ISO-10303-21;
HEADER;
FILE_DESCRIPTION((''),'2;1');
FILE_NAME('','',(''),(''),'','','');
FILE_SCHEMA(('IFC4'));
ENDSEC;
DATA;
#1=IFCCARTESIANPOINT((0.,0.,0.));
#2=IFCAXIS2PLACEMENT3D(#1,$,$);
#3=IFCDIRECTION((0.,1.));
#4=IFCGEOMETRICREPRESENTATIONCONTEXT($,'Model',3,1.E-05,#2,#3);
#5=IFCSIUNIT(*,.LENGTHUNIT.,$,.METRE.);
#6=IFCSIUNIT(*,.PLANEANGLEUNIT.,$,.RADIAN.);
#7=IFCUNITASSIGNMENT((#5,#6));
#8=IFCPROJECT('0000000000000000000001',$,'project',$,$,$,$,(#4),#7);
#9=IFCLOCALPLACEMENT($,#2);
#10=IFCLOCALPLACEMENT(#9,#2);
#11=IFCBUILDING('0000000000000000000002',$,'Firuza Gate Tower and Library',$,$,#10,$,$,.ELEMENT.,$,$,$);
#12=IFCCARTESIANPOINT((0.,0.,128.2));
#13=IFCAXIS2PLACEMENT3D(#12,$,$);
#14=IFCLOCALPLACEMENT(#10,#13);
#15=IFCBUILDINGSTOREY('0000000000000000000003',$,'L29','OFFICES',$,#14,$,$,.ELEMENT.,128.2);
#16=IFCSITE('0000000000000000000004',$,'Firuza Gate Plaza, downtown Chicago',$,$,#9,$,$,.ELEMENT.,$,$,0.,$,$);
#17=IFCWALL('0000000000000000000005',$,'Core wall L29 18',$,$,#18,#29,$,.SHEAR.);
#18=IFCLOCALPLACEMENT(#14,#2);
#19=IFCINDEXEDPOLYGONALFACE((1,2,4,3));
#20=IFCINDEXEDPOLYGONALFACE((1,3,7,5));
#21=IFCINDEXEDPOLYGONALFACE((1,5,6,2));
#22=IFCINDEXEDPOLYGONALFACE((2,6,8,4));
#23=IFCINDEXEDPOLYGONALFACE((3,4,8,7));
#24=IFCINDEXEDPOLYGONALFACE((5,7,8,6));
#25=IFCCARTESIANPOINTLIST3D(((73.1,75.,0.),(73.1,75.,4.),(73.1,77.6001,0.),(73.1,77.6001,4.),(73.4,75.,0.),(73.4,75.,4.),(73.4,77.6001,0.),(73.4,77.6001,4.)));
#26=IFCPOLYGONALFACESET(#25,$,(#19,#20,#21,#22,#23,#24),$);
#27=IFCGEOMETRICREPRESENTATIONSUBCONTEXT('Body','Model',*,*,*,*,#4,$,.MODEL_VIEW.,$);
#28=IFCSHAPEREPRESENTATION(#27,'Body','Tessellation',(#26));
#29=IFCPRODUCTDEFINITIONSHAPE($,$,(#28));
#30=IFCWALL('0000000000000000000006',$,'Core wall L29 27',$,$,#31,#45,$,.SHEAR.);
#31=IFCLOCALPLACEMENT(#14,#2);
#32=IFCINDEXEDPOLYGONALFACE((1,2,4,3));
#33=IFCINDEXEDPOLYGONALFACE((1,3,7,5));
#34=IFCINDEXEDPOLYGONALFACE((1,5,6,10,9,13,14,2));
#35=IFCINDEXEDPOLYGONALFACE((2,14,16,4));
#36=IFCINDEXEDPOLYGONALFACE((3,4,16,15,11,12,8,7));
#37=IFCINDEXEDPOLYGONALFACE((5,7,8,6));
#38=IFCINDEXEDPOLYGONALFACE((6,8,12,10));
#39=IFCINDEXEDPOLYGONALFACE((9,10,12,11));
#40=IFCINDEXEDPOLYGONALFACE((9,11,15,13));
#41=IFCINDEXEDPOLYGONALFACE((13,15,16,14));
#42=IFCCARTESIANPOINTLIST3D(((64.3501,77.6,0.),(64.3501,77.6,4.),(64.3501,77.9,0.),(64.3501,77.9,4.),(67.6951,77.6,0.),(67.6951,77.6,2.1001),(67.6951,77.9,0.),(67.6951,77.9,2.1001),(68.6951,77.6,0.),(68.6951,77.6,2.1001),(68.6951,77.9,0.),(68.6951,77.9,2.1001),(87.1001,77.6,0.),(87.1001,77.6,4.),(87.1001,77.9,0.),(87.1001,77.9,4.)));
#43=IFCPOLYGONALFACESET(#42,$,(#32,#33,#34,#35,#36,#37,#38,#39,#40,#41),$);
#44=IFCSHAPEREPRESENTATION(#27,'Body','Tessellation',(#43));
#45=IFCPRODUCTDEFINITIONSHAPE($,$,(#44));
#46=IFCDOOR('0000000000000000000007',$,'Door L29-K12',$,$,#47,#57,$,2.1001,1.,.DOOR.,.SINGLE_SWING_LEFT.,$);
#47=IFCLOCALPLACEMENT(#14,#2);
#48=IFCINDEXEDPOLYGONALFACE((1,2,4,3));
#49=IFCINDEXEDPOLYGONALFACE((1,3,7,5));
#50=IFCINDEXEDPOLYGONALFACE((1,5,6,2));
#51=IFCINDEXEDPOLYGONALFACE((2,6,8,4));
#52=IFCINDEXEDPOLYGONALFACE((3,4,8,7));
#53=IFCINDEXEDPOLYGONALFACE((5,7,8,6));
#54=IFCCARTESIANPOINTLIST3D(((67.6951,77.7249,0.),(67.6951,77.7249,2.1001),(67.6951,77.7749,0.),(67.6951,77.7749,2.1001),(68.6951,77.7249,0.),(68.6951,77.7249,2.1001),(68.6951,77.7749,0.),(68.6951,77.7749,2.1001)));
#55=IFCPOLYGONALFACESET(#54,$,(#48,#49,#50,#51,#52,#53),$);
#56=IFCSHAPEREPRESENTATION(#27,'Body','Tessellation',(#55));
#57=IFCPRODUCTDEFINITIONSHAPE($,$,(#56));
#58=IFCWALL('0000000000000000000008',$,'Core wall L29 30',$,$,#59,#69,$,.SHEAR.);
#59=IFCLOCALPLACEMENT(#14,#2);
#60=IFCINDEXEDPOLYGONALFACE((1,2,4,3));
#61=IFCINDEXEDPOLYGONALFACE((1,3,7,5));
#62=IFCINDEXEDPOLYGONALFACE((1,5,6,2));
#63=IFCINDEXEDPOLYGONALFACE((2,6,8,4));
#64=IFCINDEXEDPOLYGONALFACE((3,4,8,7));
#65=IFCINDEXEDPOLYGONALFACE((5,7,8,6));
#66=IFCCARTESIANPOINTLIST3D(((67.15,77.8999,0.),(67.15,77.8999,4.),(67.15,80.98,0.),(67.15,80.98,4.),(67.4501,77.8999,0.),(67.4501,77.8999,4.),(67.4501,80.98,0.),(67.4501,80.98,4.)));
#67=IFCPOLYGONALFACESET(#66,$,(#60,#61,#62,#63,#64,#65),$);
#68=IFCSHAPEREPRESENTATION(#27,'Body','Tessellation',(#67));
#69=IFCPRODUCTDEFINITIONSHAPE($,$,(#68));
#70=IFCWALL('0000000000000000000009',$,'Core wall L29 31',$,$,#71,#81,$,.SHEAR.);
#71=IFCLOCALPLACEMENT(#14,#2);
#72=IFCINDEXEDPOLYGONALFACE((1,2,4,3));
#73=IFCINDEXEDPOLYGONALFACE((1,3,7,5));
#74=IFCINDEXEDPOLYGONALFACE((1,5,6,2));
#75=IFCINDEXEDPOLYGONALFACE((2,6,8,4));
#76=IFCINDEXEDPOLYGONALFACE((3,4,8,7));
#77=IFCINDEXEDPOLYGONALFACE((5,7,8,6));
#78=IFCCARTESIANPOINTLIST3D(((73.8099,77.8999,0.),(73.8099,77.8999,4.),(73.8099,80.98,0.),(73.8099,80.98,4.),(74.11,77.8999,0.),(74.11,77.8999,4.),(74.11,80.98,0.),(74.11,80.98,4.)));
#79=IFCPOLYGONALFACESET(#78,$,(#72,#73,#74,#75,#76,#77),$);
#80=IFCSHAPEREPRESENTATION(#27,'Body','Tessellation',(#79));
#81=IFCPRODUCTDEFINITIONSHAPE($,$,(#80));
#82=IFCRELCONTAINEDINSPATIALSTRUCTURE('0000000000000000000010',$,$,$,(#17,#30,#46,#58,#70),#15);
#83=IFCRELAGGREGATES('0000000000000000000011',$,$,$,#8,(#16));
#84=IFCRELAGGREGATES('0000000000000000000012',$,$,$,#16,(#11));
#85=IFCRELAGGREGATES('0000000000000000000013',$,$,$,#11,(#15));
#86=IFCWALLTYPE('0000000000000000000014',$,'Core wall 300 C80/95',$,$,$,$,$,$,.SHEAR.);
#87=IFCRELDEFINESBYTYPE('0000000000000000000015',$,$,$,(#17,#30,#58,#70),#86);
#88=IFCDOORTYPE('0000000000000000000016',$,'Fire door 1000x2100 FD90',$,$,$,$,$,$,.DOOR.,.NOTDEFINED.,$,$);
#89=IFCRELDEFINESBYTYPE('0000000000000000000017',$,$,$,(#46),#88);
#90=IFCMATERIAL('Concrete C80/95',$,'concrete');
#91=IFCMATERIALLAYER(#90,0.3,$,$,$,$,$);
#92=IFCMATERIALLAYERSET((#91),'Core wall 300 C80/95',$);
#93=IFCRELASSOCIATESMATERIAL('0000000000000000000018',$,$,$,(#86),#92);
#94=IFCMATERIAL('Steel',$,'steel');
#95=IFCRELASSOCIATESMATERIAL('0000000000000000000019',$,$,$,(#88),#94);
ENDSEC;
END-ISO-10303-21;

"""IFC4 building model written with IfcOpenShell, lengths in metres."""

from ifc_helpers import new_model, si_unit, direction, frame, frame_2d, origin, place, context, subcontext, project, spatial, rectangle, extrude, material, layer, layer_set, type_object, element, fill, save


model = new_model("IFC4")

# Units and contexts
model_context = context("Model", 3, precision=1e-05, world=origin(), true_north=direction((0.0, 1.0)))
body_context = subcontext(model_context, "Body", "Model", "MODEL_VIEW")
ifc_project = project(units=[si_unit("LENGTHUNIT", "METRE"), si_unit("PLANEANGLEUNIT", "RADIAN")], contexts=[model_context])

# Site, building, storey
site_placement = place(None, origin())
site = spatial("IfcSite", under=ifc_project, at=site_placement, Name="Firuza Gate Plaza, downtown Chicago", CompositionType="ELEMENT", RefElevation=0.0)
building_placement = place(site_placement, origin())
building = spatial("IfcBuilding", under=site, at=building_placement, Name="Firuza Gate Tower and Library", CompositionType="ELEMENT")
storey_placement = place(building_placement, frame((0.0, 0.0, 128.2)))
storey = spatial("IfcBuildingStorey", under=building, at=storey_placement, Name="L29", Description="OFFICES", CompositionType="ELEMENT", Elevation=128.2)

# Shared definitions
ifc_material_1 = material(Name="Concrete C80/95", Category="concrete")
ifc_layer_1 = layer(ifc_material_1, 0.3)
ifc_layer_set_1 = layer_set([ifc_layer_1], Name="Core wall 300 C80/95")
wall_type_1 = type_object("IfcWallType", Name="Core wall 300 C80/95", PredefinedType="SHEAR", material=ifc_layer_set_1)

# Wall
wall_1_placement = place(storey_placement, frame((73.25, 75.0, 0.0), z_axis=(0.0, 0.0, 1.0), x_axis=(0.0, 1.0, 0.0)))
element("IfcWall", 1, at=wall_1_placement, inside=storey, type_object=wall_type_1, Name="Core wall L29 18", PredefinedType="SHEAR", context=body_context, shape_type="SweptSolid", body=[
    extrude(rectangle(XDim=2.6001, YDim=0.3, at=frame_2d((1.3, 0.0))), origin(), (0.0, 0.0, 1.0), 4.0),
])

# Wall, opening, door
wall_2_placement = place(storey_placement, frame((64.3501, 77.75, 0.0), z_axis=(0.0, 0.0, 1.0), x_axis=(1.0, 0.0, 0.0)))
wall_2 = element("IfcWall", 2, at=wall_2_placement, inside=storey, type_object=wall_type_1, Name="Core wall L29 27", PredefinedType="SHEAR", context=body_context, shape_type="SweptSolid", body=[
    extrude(rectangle(XDim=22.75, YDim=0.3, at=frame_2d((11.375, 0.0))), origin(), (0.0, 0.0, 1.0), 4.0),
])
opening_1_placement = place(wall_2_placement, frame((3.345, 0.0, 0.0)))
opening_1 = element("IfcOpeningElement", 3, at=opening_1_placement, cuts=wall_2, PredefinedType="OPENING", context=body_context, shape_type="SweptSolid", body=[
    extrude(rectangle(XDim=1.0, YDim=2.1001, at=frame_2d((0.5, 1.05))), frame((0.0, 0.1602, 0.0), z_axis=(0.0, -1.0, 0.0), x_axis=(1.0, 0.0, 0.0)), (0.0, 0.0, 1.0), 0.3201),
])
ifc_material_2 = material(Name="Steel", Category="steel")
door_type_1 = type_object("IfcDoorType", Name="Fire door 1000x2100 FD90", OperationType="NOTDEFINED", PredefinedType="DOOR", material=ifc_material_2)
door_1_placement = place(opening_1_placement, origin())
door_1 = element("IfcDoor", 4, at=door_1_placement, inside=storey, type_object=door_type_1, Name="Door L29-K12", OperationType="SINGLE_SWING_LEFT", OverallHeight=2.1001, OverallWidth=1.0, PredefinedType="DOOR", context=body_context, shape_type="SweptSolid", body=[
    extrude(rectangle(XDim=1.0, YDim=2.1001, at=frame_2d((0.5, 1.05))), frame((0.0, 0.0249, 0.0), z_axis=(0.0, -1.0, 0.0), x_axis=(1.0, 0.0, 0.0)), (0.0, 0.0, 1.0), 0.05),
])
fill(opening_1, door_1)

# Walls
for number, where, z_axis, x_axis, name in (
    (5, (67.3, 77.8999, 0.0), (0.0, 0.0, 1.0), (0.0, 1.0, 0.0), "Core wall L29 30"),
    (6, (73.96, 77.8999, 0.0), (0.0, 0.0, 1.0), (0.0, 1.0, 0.0), "Core wall L29 31"),
):
    element("IfcWall", number, at=place(storey_placement, frame(where, z_axis=z_axis, x_axis=x_axis)), inside=storey, type_object=wall_type_1, Name=name, PredefinedType="SHEAR", context=body_context, shape_type="SweptSolid", body=[
        extrude(rectangle(XDim=3.0801, YDim=0.3, at=frame_2d((1.54, 0.0))), origin(), (0.0, 0.0, 1.0), 4.0),
    ])

save(model, "model.ifc")
